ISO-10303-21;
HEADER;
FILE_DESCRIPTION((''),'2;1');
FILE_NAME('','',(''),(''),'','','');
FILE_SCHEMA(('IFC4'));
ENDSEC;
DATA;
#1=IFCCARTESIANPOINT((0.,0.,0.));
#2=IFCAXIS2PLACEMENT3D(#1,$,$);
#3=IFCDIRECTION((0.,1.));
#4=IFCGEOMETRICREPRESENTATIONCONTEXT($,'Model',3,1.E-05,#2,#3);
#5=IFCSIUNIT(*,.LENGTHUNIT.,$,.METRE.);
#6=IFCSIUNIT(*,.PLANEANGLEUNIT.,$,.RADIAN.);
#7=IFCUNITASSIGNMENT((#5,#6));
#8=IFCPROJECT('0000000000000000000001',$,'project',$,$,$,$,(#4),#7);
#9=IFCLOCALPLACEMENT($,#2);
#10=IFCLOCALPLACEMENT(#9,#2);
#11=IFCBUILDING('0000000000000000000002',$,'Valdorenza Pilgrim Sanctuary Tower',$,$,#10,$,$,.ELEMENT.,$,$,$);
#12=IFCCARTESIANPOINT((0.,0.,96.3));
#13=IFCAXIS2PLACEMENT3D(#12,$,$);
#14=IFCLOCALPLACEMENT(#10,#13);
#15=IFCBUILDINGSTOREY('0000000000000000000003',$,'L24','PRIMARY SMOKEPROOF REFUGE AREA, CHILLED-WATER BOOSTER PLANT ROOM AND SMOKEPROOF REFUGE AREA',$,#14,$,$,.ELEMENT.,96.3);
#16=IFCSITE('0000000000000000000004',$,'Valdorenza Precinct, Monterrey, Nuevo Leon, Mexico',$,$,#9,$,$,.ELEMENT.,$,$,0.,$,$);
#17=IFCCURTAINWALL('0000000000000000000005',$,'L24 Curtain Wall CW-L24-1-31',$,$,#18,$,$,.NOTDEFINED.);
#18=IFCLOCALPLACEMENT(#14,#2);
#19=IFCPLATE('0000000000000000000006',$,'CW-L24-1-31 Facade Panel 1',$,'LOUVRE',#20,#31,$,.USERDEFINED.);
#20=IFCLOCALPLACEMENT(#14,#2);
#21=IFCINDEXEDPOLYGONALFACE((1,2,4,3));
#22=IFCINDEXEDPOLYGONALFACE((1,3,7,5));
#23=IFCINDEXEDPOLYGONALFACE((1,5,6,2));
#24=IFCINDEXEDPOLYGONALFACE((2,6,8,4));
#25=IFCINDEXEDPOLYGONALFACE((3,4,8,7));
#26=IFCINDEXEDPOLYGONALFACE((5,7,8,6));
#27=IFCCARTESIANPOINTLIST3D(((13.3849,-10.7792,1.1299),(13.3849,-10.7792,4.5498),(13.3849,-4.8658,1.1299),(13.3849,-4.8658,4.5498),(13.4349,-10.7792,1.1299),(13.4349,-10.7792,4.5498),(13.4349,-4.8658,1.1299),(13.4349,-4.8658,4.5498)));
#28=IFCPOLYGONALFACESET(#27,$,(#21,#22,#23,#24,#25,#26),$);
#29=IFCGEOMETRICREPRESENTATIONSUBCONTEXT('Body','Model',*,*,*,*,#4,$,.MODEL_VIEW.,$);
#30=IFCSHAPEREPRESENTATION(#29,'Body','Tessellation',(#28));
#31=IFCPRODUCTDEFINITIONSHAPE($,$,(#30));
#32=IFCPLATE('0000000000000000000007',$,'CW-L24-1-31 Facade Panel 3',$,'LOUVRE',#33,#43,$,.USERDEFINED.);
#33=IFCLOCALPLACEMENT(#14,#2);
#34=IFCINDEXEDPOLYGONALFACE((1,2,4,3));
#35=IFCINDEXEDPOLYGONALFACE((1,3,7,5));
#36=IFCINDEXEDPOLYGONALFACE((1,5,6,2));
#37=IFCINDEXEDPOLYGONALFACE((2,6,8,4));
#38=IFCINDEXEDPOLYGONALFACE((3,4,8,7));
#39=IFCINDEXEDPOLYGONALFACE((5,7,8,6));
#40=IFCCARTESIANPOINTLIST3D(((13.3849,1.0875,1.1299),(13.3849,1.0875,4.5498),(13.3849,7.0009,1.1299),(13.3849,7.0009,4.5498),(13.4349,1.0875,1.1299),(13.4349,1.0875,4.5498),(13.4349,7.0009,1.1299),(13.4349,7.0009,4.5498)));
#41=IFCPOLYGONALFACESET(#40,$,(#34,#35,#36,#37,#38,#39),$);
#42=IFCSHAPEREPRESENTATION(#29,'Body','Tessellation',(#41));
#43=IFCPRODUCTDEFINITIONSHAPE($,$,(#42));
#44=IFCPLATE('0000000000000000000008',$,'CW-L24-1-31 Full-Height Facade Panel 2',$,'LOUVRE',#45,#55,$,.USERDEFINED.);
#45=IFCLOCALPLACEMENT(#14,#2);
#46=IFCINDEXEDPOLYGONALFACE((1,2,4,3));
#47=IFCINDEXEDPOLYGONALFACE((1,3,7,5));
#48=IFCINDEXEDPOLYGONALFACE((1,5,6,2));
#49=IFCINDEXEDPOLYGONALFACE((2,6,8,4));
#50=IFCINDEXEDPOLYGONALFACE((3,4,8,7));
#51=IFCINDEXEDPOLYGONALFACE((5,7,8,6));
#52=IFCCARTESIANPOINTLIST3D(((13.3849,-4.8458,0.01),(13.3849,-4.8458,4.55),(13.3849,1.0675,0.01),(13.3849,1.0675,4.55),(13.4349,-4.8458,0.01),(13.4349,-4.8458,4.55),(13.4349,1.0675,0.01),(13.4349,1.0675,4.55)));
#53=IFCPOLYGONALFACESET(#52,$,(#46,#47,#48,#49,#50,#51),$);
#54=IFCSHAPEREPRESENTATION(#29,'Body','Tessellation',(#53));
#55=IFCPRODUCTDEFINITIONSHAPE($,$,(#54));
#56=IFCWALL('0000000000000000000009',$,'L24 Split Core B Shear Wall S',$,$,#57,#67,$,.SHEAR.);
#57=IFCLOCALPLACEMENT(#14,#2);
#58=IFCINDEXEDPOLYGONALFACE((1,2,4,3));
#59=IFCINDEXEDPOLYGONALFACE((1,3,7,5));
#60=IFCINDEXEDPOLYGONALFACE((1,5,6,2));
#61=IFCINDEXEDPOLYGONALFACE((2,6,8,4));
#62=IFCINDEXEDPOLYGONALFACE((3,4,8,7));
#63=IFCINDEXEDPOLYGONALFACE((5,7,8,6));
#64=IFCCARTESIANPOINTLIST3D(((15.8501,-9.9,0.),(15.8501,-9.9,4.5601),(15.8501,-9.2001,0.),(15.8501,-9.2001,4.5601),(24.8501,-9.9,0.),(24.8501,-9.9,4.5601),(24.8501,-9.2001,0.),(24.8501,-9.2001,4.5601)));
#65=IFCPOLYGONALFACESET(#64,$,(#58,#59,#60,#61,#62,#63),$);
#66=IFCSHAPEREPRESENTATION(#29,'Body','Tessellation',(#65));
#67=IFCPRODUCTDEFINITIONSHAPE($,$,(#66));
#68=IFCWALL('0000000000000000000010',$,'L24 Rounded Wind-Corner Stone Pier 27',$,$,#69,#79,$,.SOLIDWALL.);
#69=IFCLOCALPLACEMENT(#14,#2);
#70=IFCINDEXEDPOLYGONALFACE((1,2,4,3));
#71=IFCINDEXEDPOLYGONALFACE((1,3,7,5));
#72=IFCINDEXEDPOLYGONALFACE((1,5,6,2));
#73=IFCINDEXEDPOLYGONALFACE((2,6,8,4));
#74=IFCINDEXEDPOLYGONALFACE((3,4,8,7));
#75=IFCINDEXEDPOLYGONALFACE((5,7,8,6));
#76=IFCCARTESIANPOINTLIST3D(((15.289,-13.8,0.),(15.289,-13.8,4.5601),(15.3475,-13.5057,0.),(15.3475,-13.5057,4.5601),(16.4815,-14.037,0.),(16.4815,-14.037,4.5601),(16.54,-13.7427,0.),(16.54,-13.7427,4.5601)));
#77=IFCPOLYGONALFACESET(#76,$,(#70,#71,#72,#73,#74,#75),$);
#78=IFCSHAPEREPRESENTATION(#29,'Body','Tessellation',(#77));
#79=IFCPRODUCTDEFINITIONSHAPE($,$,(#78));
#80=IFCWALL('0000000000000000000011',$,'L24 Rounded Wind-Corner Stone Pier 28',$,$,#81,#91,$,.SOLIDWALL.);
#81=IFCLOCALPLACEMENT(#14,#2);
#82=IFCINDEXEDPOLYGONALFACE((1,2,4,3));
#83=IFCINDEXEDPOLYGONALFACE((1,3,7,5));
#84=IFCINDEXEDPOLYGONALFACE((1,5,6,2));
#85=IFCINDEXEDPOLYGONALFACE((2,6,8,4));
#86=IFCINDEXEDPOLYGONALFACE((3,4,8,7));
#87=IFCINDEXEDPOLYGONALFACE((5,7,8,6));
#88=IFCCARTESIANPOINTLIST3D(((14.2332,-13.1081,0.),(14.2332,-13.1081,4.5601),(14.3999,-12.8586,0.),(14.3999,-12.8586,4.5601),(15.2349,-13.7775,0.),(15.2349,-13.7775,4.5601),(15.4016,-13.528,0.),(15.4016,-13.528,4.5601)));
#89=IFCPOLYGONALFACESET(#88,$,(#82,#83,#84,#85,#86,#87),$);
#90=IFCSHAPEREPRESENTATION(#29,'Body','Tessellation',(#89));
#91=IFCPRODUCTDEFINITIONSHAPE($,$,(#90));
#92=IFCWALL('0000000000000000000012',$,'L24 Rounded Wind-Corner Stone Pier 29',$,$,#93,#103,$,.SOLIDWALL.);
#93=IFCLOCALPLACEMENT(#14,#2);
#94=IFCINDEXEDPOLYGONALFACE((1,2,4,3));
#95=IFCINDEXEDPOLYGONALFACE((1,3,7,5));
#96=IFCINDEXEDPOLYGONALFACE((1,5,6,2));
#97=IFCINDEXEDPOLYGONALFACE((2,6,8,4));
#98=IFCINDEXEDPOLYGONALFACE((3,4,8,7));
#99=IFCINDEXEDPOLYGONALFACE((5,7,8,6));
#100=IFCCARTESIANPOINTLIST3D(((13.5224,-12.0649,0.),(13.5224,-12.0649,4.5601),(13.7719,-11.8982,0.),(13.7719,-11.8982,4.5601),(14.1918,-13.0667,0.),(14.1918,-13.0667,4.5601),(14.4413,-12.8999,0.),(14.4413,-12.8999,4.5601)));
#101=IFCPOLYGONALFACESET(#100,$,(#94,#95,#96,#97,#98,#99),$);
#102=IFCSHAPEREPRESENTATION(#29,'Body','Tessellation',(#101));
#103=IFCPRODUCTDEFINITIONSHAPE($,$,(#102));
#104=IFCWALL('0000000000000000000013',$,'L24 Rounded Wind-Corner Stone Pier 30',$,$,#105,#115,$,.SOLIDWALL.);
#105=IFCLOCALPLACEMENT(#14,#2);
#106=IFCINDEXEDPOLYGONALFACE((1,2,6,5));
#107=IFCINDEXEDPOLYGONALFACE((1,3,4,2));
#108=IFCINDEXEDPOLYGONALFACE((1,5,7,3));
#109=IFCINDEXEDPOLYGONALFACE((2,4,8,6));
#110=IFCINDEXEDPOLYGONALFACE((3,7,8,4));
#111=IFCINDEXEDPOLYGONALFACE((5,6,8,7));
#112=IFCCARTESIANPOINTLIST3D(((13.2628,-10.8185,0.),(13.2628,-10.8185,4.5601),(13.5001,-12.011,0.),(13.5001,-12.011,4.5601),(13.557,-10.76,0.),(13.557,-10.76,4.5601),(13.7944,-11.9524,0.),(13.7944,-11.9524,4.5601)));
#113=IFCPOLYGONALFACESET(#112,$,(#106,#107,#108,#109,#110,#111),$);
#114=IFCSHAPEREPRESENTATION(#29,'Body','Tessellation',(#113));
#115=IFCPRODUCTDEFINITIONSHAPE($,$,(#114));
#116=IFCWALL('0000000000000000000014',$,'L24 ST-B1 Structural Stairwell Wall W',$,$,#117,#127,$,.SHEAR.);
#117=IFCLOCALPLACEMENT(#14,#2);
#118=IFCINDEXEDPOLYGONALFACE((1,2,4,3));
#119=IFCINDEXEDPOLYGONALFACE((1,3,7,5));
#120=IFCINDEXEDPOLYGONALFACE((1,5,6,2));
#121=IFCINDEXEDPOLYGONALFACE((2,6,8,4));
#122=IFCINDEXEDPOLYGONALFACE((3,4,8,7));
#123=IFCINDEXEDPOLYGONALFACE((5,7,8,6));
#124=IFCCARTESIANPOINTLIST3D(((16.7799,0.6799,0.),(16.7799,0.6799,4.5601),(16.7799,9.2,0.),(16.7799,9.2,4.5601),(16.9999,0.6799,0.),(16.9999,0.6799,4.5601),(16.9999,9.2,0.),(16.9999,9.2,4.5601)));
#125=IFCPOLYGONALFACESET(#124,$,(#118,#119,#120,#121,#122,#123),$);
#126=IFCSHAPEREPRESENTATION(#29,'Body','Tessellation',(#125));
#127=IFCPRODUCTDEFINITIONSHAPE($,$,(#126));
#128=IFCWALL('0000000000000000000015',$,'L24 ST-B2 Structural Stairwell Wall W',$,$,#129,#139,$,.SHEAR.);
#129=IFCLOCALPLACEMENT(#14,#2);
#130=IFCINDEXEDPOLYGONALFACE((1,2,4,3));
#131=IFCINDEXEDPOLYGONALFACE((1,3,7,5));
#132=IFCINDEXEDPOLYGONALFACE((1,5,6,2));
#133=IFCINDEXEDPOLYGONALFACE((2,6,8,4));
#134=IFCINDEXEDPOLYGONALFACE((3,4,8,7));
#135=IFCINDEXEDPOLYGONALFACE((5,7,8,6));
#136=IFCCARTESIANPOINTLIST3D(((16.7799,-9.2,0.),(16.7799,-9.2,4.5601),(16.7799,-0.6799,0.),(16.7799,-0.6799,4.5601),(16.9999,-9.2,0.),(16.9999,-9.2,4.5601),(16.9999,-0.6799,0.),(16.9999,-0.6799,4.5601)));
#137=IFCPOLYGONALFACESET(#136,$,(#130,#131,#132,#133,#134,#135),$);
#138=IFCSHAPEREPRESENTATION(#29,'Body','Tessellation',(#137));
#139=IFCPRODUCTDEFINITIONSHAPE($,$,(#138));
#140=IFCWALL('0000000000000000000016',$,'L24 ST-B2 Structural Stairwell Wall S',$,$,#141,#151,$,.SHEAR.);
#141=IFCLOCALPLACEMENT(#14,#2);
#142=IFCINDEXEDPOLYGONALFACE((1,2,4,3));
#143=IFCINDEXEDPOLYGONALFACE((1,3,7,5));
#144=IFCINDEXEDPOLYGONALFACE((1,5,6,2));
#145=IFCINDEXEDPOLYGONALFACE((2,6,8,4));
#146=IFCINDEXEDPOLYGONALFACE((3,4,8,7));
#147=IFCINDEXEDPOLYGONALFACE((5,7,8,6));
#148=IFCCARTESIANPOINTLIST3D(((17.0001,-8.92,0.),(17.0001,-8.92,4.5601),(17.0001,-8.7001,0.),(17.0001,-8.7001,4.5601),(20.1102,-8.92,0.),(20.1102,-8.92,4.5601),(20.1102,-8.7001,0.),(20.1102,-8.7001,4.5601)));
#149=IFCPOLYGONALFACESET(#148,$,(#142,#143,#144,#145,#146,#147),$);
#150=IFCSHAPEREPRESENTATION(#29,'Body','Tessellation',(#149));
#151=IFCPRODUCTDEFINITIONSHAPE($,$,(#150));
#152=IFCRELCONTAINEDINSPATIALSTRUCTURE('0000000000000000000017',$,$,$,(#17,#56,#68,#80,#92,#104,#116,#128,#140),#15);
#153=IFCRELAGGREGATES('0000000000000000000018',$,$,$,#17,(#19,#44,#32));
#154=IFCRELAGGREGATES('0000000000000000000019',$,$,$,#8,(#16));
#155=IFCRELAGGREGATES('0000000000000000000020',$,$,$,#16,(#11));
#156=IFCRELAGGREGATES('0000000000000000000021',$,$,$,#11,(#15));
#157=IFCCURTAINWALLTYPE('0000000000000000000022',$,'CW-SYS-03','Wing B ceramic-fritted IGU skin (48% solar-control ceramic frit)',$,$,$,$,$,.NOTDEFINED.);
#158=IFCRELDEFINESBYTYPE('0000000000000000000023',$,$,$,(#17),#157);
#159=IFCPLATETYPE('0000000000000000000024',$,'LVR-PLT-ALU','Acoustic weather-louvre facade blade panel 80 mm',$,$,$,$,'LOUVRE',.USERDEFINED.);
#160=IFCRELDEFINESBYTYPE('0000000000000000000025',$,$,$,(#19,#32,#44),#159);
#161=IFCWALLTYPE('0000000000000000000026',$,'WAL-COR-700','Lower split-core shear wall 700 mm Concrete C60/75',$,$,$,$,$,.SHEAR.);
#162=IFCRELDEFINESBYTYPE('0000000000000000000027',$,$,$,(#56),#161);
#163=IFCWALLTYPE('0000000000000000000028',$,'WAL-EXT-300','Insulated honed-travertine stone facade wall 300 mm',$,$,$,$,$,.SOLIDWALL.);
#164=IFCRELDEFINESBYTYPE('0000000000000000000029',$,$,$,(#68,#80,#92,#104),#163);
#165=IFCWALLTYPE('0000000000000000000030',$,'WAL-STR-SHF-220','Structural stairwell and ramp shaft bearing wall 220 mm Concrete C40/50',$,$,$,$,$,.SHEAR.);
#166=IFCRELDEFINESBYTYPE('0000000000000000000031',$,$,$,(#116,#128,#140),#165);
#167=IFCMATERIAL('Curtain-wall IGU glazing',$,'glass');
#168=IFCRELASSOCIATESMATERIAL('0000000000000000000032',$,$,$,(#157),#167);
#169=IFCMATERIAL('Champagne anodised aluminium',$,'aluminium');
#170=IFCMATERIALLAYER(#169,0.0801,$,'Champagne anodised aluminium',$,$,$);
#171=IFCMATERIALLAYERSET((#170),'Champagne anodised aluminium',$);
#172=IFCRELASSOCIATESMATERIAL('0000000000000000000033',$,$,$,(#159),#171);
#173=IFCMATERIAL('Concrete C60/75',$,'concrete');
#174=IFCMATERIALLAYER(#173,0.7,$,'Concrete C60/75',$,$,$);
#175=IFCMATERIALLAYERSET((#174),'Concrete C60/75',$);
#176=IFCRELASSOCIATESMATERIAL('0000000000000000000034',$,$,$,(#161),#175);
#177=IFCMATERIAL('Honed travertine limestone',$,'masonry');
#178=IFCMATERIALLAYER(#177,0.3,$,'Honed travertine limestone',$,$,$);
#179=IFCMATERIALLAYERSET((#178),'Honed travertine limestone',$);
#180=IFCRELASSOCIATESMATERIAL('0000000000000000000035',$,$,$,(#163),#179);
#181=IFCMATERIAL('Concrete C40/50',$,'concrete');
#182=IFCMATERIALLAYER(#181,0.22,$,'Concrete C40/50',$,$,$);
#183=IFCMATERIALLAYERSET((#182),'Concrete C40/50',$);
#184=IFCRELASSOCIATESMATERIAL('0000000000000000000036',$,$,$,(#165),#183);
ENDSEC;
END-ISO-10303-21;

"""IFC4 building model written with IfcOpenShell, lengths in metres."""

from ifc_helpers import new_model, si_unit, direction, frame, frame_2d, origin, origin_2d, place, context, subcontext, project, spatial, rectangle, extrude, source, transform, mapped, material, layer, layer_set, type_object, element, aggregate, save


model = new_model("IFC4")

# Units and contexts
model_context = context("Model", 3, precision=1e-05, world=origin(), true_north=direction((0.0, 1.0)))
body_context = subcontext(model_context, "Body", "Model", "MODEL_VIEW")
ifc_project = project(units=[si_unit("LENGTHUNIT", "METRE"), si_unit("PLANEANGLEUNIT", "RADIAN")], contexts=[model_context])

# Site, building, storey
site_placement = place(None, origin())
site = spatial("IfcSite", under=ifc_project, at=site_placement, Name="Valdorenza Precinct, Monterrey, Nuevo Leon, Mexico", CompositionType="ELEMENT", RefElevation=0.0)
building_placement = place(site_placement, origin())
building = spatial("IfcBuilding", under=site, at=building_placement, Name="Valdorenza Pilgrim Sanctuary Tower", CompositionType="ELEMENT")
storey_placement = place(building_placement, frame((0.0, 0.0, 96.3)))
storey = spatial("IfcBuildingStorey", under=building, at=storey_placement, Name="L24", Description="PRIMARY SMOKEPROOF REFUGE AREA, CHILLED-WATER BOOSTER PLANT ROOM AND SMOKEPROOF REFUGE AREA", CompositionType="ELEMENT", Elevation=96.3)

# Shared definitions
ifc_material_1 = material(Name="Concrete C60/75", Category="concrete")

# Shared definitions
ifc_material_2 = material(Name="Curtain-wall IGU glazing", Category="glass")
curtain_wall_type = type_object("IfcCurtainWallType", Name="CW-SYS-03", Description="Wing B ceramic-fritted IGU skin (48% solar-control ceramic frit)", PredefinedType="NOTDEFINED", material=ifc_material_2)

# Curtain wall, plates
curtain_wall_1_placement = place(storey_placement, origin())
curtain_wall_1 = element("IfcCurtainWall", 1, at=curtain_wall_1_placement, inside=storey, type_object=curtain_wall_type, Name="L24 Curtain Wall CW-L24-1-31", PredefinedType="NOTDEFINED")
ifc_material_3 = material(Name="Honed travertine limestone", Category="masonry")
ifc_material_4 = material(Name="Champagne anodised aluminium", Category="aluminium")
ifc_layer_1 = layer(ifc_material_4, 0.0801, Name="Champagne anodised aluminium")
ifc_layer_set_1 = layer_set([ifc_layer_1], Name="Champagne anodised aluminium")
plate_type_1 = type_object("IfcPlateType", Name="LVR-PLT-ALU", Description="Acoustic weather-louvre facade blade panel 80 mm", ElementType="LOUVRE", PredefinedType="USERDEFINED", material=ifc_layer_set_1)
shared_shape_1 = source(origin(), body_context, "Body", "SweptSolid", [
    extrude(rectangle(XDim=5.9133, YDim=0.05, at=origin_2d()), origin(), (0.0, 0.0, 1.0), 3.4199),
])
plate_1_placement = place(storey_placement, frame((13.4099, -7.8225, 1.1299), z_axis=(0.0, 0.0, 1.0), x_axis=(0.0, 1.0, 0.0)))
plate_1 = element("IfcPlate", 2, at=plate_1_placement, type_object=plate_type_1, Name="CW-L24-1-31 Facade Panel 1", ObjectType="LOUVRE", PredefinedType="USERDEFINED", context=body_context, shape_type="MappedRepresentation", body=[
    mapped(shared_shape_1, transform((0.0, 0.0, 0.0), x_axis=(1.0, 0.0, 0.0), y_axis=(0.0, 1.0, 0.0), z_axis=(0.0, 0.0, 1.0), scale=1.0)),
])
plate_2_placement = place(storey_placement, frame((13.4099, 4.0442, 1.1299), z_axis=(0.0, 0.0, 1.0), x_axis=(0.0, 1.0, 0.0)))
plate_2 = element("IfcPlate", 3, at=plate_2_placement, type_object=plate_type_1, Name="CW-L24-1-31 Facade Panel 3", ObjectType="LOUVRE", PredefinedType="USERDEFINED", context=body_context, shape_type="MappedRepresentation", body=[
    mapped(shared_shape_1, transform((0.0, 0.0, 0.0), x_axis=(1.0, 0.0, 0.0), y_axis=(0.0, 1.0, 0.0), z_axis=(0.0, 0.0, 1.0), scale=1.0)),
])
shared_shape_2 = source(origin(), body_context, "Body", "SweptSolid", [
    extrude(rectangle(XDim=5.9133, YDim=0.05, at=origin_2d()), origin(), (0.0, 0.0, 1.0), 4.54),
])
plate_3_placement = place(storey_placement, frame((13.4099, -1.8892, 0.01), z_axis=(0.0, 0.0, 1.0), x_axis=(0.0, 1.0, 0.0)))
plate_3 = element("IfcPlate", 4, at=plate_3_placement, type_object=plate_type_1, Name="CW-L24-1-31 Full-Height Facade Panel 2", ObjectType="LOUVRE", PredefinedType="USERDEFINED", context=body_context, shape_type="MappedRepresentation", body=[
    mapped(shared_shape_2, transform((0.0, 0.0, 0.0), x_axis=(1.0, 0.0, 0.0), y_axis=(0.0, 1.0, 0.0), z_axis=(0.0, 0.0, 1.0), scale=1.0)),
])
aggregate(curtain_wall_1, [plate_1, plate_3, plate_2])

# Walls
ifc_layer_2 = layer(ifc_material_1, 0.7, Name="Concrete C60/75")
ifc_layer_set_2 = layer_set([ifc_layer_2], Name="Concrete C60/75")
wall_type_1 = type_object("IfcWallType", Name="WAL-COR-700", Description="Lower split-core shear wall 700 mm Concrete C60/75", PredefinedType="SHEAR", material=ifc_layer_set_2)
wall_1_placement = place(storey_placement, frame((15.8501, -9.55, 0.0), z_axis=(0.0, 0.0, 1.0), x_axis=(1.0, 0.0, 0.0)))
element("IfcWall", 5, at=wall_1_placement, inside=storey, type_object=wall_type_1, Name="L24 Split Core B Shear Wall S", PredefinedType="SHEAR", context=body_context, shape_type="SweptSolid", body=[
    extrude(rectangle(XDim=9.0, YDim=0.7, at=frame_2d((4.5, 0.0))), origin(), (0.0, 0.0, 1.0), 4.5601),
])
ifc_layer_3 = layer(ifc_material_3, 0.3, Name="Honed travertine limestone")
ifc_layer_set_3 = layer_set([ifc_layer_3], Name="Honed travertine limestone")
wall_type_2 = type_object("IfcWallType", Name="WAL-EXT-300", Description="Insulated honed-travertine stone facade wall 300 mm", PredefinedType="SOLIDWALL", material=ifc_layer_set_3)
wall_2_placement = place(storey_placement, frame((16.5107, -13.8899, 0.0), z_axis=(0.0, 0.0, 1.0), x_axis=(-0.980804, 0.194996, 0.0)))
element("IfcWall", 6, at=wall_2_placement, inside=storey, type_object=wall_type_2, Name="L24 Rounded Wind-Corner Stone Pier 27", PredefinedType="SOLIDWALL", context=body_context, shape_type="SweptSolid", body=[
    extrude(rectangle(XDim=1.2158, YDim=0.3, at=frame_2d((0.6079, 0.0))), origin(), (0.0, 0.0, 1.0), 4.5601),
])
for number, where, z_axis, x_axis, name in (
    (7, (15.3184, -13.6528, 0.0), (0.0, 0.0, 1.0), (-0.831426, 0.555635, 0.0), "L24 Rounded Wind-Corner Stone Pier 28"),
    (8, (14.3167, -12.9834, 0.0), (0.0, 0.0, 1.0), (-0.555635, 0.831426, 0.0), "L24 Rounded Wind-Corner Stone Pier 29"),
):
    element("IfcWall", number, at=place(storey_placement, frame(where, z_axis=z_axis, x_axis=x_axis)), inside=storey, type_object=wall_type_2, Name=name, PredefinedType="SOLIDWALL", context=body_context, shape_type="SweptSolid", body=[
        extrude(rectangle(XDim=1.2048, YDim=0.3, at=frame_2d((0.6025, 0.0))), origin(), (0.0, 0.0, 1.0), 4.5601),
    ])
wall_3_placement = place(storey_placement, frame((13.6472, -11.9817, 0.0), z_axis=(0.0, 0.0, 1.0), x_axis=(-0.195189, 0.980766, 0.0)))
element("IfcWall", 9, at=wall_3_placement, inside=storey, type_object=wall_type_2, Name="L24 Rounded Wind-Corner Stone Pier 30", PredefinedType="SOLIDWALL", context=body_context, shape_type="SweptSolid", body=[
    extrude(rectangle(XDim=1.2158, YDim=0.3, at=frame_2d((0.6079, 0.0))), origin(), (0.0, 0.0, 1.0), 4.5601),
])
ifc_material_5 = material(Name="Concrete C40/50", Category="concrete")
ifc_layer_4 = layer(ifc_material_5, 0.22, Name="Concrete C40/50")
ifc_layer_set_4 = layer_set([ifc_layer_4], Name="Concrete C40/50")
wall_type_3 = type_object("IfcWallType", Name="WAL-STR-SHF-220", Description="Structural stairwell and ramp shaft bearing wall 220 mm Concrete C40/50", PredefinedType="SHEAR", material=ifc_layer_set_4)
wall_4_placement = place(storey_placement, frame((16.8899, 0.6799, 0.0), z_axis=(0.0, 0.0, 1.0), x_axis=(0.0, 1.0, 0.0)))
element("IfcWall", 10, at=wall_4_placement, inside=storey, type_object=wall_type_3, Name="L24 ST-B1 Structural Stairwell Wall W", PredefinedType="SHEAR", context=body_context, shape_type="SweptSolid", body=[
    extrude(rectangle(XDim=8.52, YDim=0.22, at=frame_2d((4.26, 0.0))), origin(), (0.0, 0.0, 1.0), 4.5601),
])

# Walls
wall_5_placement = place(storey_placement, frame((16.8899, -9.2, 0.0), z_axis=(0.0, 0.0, 1.0), x_axis=(0.0, 1.0, 0.0)))
element("IfcWall", 11, at=wall_5_placement, inside=storey, type_object=wall_type_3, Name="L24 ST-B2 Structural Stairwell Wall W", PredefinedType="SHEAR", context=body_context, shape_type="SweptSolid", body=[
    extrude(rectangle(XDim=8.52, YDim=0.22, at=frame_2d((4.26, 0.0))), origin(), (0.0, 0.0, 1.0), 4.5601),
])
wall_6_placement = place(storey_placement, frame((17.0, -8.8101, 0.0), z_axis=(0.0, 0.0, 1.0), x_axis=(1.0, 0.0, 0.0)))
element("IfcWall", 12, at=wall_6_placement, inside=storey, type_object=wall_type_3, Name="L24 ST-B2 Structural Stairwell Wall S", PredefinedType="SHEAR", context=body_context, shape_type="SweptSolid", body=[
    extrude(rectangle(XDim=3.1101, YDim=0.22, at=frame_2d((1.5552, 0.0))), origin(), (0.0, 0.0, 1.0), 4.5601),
])

save(model, "model.ifc")
